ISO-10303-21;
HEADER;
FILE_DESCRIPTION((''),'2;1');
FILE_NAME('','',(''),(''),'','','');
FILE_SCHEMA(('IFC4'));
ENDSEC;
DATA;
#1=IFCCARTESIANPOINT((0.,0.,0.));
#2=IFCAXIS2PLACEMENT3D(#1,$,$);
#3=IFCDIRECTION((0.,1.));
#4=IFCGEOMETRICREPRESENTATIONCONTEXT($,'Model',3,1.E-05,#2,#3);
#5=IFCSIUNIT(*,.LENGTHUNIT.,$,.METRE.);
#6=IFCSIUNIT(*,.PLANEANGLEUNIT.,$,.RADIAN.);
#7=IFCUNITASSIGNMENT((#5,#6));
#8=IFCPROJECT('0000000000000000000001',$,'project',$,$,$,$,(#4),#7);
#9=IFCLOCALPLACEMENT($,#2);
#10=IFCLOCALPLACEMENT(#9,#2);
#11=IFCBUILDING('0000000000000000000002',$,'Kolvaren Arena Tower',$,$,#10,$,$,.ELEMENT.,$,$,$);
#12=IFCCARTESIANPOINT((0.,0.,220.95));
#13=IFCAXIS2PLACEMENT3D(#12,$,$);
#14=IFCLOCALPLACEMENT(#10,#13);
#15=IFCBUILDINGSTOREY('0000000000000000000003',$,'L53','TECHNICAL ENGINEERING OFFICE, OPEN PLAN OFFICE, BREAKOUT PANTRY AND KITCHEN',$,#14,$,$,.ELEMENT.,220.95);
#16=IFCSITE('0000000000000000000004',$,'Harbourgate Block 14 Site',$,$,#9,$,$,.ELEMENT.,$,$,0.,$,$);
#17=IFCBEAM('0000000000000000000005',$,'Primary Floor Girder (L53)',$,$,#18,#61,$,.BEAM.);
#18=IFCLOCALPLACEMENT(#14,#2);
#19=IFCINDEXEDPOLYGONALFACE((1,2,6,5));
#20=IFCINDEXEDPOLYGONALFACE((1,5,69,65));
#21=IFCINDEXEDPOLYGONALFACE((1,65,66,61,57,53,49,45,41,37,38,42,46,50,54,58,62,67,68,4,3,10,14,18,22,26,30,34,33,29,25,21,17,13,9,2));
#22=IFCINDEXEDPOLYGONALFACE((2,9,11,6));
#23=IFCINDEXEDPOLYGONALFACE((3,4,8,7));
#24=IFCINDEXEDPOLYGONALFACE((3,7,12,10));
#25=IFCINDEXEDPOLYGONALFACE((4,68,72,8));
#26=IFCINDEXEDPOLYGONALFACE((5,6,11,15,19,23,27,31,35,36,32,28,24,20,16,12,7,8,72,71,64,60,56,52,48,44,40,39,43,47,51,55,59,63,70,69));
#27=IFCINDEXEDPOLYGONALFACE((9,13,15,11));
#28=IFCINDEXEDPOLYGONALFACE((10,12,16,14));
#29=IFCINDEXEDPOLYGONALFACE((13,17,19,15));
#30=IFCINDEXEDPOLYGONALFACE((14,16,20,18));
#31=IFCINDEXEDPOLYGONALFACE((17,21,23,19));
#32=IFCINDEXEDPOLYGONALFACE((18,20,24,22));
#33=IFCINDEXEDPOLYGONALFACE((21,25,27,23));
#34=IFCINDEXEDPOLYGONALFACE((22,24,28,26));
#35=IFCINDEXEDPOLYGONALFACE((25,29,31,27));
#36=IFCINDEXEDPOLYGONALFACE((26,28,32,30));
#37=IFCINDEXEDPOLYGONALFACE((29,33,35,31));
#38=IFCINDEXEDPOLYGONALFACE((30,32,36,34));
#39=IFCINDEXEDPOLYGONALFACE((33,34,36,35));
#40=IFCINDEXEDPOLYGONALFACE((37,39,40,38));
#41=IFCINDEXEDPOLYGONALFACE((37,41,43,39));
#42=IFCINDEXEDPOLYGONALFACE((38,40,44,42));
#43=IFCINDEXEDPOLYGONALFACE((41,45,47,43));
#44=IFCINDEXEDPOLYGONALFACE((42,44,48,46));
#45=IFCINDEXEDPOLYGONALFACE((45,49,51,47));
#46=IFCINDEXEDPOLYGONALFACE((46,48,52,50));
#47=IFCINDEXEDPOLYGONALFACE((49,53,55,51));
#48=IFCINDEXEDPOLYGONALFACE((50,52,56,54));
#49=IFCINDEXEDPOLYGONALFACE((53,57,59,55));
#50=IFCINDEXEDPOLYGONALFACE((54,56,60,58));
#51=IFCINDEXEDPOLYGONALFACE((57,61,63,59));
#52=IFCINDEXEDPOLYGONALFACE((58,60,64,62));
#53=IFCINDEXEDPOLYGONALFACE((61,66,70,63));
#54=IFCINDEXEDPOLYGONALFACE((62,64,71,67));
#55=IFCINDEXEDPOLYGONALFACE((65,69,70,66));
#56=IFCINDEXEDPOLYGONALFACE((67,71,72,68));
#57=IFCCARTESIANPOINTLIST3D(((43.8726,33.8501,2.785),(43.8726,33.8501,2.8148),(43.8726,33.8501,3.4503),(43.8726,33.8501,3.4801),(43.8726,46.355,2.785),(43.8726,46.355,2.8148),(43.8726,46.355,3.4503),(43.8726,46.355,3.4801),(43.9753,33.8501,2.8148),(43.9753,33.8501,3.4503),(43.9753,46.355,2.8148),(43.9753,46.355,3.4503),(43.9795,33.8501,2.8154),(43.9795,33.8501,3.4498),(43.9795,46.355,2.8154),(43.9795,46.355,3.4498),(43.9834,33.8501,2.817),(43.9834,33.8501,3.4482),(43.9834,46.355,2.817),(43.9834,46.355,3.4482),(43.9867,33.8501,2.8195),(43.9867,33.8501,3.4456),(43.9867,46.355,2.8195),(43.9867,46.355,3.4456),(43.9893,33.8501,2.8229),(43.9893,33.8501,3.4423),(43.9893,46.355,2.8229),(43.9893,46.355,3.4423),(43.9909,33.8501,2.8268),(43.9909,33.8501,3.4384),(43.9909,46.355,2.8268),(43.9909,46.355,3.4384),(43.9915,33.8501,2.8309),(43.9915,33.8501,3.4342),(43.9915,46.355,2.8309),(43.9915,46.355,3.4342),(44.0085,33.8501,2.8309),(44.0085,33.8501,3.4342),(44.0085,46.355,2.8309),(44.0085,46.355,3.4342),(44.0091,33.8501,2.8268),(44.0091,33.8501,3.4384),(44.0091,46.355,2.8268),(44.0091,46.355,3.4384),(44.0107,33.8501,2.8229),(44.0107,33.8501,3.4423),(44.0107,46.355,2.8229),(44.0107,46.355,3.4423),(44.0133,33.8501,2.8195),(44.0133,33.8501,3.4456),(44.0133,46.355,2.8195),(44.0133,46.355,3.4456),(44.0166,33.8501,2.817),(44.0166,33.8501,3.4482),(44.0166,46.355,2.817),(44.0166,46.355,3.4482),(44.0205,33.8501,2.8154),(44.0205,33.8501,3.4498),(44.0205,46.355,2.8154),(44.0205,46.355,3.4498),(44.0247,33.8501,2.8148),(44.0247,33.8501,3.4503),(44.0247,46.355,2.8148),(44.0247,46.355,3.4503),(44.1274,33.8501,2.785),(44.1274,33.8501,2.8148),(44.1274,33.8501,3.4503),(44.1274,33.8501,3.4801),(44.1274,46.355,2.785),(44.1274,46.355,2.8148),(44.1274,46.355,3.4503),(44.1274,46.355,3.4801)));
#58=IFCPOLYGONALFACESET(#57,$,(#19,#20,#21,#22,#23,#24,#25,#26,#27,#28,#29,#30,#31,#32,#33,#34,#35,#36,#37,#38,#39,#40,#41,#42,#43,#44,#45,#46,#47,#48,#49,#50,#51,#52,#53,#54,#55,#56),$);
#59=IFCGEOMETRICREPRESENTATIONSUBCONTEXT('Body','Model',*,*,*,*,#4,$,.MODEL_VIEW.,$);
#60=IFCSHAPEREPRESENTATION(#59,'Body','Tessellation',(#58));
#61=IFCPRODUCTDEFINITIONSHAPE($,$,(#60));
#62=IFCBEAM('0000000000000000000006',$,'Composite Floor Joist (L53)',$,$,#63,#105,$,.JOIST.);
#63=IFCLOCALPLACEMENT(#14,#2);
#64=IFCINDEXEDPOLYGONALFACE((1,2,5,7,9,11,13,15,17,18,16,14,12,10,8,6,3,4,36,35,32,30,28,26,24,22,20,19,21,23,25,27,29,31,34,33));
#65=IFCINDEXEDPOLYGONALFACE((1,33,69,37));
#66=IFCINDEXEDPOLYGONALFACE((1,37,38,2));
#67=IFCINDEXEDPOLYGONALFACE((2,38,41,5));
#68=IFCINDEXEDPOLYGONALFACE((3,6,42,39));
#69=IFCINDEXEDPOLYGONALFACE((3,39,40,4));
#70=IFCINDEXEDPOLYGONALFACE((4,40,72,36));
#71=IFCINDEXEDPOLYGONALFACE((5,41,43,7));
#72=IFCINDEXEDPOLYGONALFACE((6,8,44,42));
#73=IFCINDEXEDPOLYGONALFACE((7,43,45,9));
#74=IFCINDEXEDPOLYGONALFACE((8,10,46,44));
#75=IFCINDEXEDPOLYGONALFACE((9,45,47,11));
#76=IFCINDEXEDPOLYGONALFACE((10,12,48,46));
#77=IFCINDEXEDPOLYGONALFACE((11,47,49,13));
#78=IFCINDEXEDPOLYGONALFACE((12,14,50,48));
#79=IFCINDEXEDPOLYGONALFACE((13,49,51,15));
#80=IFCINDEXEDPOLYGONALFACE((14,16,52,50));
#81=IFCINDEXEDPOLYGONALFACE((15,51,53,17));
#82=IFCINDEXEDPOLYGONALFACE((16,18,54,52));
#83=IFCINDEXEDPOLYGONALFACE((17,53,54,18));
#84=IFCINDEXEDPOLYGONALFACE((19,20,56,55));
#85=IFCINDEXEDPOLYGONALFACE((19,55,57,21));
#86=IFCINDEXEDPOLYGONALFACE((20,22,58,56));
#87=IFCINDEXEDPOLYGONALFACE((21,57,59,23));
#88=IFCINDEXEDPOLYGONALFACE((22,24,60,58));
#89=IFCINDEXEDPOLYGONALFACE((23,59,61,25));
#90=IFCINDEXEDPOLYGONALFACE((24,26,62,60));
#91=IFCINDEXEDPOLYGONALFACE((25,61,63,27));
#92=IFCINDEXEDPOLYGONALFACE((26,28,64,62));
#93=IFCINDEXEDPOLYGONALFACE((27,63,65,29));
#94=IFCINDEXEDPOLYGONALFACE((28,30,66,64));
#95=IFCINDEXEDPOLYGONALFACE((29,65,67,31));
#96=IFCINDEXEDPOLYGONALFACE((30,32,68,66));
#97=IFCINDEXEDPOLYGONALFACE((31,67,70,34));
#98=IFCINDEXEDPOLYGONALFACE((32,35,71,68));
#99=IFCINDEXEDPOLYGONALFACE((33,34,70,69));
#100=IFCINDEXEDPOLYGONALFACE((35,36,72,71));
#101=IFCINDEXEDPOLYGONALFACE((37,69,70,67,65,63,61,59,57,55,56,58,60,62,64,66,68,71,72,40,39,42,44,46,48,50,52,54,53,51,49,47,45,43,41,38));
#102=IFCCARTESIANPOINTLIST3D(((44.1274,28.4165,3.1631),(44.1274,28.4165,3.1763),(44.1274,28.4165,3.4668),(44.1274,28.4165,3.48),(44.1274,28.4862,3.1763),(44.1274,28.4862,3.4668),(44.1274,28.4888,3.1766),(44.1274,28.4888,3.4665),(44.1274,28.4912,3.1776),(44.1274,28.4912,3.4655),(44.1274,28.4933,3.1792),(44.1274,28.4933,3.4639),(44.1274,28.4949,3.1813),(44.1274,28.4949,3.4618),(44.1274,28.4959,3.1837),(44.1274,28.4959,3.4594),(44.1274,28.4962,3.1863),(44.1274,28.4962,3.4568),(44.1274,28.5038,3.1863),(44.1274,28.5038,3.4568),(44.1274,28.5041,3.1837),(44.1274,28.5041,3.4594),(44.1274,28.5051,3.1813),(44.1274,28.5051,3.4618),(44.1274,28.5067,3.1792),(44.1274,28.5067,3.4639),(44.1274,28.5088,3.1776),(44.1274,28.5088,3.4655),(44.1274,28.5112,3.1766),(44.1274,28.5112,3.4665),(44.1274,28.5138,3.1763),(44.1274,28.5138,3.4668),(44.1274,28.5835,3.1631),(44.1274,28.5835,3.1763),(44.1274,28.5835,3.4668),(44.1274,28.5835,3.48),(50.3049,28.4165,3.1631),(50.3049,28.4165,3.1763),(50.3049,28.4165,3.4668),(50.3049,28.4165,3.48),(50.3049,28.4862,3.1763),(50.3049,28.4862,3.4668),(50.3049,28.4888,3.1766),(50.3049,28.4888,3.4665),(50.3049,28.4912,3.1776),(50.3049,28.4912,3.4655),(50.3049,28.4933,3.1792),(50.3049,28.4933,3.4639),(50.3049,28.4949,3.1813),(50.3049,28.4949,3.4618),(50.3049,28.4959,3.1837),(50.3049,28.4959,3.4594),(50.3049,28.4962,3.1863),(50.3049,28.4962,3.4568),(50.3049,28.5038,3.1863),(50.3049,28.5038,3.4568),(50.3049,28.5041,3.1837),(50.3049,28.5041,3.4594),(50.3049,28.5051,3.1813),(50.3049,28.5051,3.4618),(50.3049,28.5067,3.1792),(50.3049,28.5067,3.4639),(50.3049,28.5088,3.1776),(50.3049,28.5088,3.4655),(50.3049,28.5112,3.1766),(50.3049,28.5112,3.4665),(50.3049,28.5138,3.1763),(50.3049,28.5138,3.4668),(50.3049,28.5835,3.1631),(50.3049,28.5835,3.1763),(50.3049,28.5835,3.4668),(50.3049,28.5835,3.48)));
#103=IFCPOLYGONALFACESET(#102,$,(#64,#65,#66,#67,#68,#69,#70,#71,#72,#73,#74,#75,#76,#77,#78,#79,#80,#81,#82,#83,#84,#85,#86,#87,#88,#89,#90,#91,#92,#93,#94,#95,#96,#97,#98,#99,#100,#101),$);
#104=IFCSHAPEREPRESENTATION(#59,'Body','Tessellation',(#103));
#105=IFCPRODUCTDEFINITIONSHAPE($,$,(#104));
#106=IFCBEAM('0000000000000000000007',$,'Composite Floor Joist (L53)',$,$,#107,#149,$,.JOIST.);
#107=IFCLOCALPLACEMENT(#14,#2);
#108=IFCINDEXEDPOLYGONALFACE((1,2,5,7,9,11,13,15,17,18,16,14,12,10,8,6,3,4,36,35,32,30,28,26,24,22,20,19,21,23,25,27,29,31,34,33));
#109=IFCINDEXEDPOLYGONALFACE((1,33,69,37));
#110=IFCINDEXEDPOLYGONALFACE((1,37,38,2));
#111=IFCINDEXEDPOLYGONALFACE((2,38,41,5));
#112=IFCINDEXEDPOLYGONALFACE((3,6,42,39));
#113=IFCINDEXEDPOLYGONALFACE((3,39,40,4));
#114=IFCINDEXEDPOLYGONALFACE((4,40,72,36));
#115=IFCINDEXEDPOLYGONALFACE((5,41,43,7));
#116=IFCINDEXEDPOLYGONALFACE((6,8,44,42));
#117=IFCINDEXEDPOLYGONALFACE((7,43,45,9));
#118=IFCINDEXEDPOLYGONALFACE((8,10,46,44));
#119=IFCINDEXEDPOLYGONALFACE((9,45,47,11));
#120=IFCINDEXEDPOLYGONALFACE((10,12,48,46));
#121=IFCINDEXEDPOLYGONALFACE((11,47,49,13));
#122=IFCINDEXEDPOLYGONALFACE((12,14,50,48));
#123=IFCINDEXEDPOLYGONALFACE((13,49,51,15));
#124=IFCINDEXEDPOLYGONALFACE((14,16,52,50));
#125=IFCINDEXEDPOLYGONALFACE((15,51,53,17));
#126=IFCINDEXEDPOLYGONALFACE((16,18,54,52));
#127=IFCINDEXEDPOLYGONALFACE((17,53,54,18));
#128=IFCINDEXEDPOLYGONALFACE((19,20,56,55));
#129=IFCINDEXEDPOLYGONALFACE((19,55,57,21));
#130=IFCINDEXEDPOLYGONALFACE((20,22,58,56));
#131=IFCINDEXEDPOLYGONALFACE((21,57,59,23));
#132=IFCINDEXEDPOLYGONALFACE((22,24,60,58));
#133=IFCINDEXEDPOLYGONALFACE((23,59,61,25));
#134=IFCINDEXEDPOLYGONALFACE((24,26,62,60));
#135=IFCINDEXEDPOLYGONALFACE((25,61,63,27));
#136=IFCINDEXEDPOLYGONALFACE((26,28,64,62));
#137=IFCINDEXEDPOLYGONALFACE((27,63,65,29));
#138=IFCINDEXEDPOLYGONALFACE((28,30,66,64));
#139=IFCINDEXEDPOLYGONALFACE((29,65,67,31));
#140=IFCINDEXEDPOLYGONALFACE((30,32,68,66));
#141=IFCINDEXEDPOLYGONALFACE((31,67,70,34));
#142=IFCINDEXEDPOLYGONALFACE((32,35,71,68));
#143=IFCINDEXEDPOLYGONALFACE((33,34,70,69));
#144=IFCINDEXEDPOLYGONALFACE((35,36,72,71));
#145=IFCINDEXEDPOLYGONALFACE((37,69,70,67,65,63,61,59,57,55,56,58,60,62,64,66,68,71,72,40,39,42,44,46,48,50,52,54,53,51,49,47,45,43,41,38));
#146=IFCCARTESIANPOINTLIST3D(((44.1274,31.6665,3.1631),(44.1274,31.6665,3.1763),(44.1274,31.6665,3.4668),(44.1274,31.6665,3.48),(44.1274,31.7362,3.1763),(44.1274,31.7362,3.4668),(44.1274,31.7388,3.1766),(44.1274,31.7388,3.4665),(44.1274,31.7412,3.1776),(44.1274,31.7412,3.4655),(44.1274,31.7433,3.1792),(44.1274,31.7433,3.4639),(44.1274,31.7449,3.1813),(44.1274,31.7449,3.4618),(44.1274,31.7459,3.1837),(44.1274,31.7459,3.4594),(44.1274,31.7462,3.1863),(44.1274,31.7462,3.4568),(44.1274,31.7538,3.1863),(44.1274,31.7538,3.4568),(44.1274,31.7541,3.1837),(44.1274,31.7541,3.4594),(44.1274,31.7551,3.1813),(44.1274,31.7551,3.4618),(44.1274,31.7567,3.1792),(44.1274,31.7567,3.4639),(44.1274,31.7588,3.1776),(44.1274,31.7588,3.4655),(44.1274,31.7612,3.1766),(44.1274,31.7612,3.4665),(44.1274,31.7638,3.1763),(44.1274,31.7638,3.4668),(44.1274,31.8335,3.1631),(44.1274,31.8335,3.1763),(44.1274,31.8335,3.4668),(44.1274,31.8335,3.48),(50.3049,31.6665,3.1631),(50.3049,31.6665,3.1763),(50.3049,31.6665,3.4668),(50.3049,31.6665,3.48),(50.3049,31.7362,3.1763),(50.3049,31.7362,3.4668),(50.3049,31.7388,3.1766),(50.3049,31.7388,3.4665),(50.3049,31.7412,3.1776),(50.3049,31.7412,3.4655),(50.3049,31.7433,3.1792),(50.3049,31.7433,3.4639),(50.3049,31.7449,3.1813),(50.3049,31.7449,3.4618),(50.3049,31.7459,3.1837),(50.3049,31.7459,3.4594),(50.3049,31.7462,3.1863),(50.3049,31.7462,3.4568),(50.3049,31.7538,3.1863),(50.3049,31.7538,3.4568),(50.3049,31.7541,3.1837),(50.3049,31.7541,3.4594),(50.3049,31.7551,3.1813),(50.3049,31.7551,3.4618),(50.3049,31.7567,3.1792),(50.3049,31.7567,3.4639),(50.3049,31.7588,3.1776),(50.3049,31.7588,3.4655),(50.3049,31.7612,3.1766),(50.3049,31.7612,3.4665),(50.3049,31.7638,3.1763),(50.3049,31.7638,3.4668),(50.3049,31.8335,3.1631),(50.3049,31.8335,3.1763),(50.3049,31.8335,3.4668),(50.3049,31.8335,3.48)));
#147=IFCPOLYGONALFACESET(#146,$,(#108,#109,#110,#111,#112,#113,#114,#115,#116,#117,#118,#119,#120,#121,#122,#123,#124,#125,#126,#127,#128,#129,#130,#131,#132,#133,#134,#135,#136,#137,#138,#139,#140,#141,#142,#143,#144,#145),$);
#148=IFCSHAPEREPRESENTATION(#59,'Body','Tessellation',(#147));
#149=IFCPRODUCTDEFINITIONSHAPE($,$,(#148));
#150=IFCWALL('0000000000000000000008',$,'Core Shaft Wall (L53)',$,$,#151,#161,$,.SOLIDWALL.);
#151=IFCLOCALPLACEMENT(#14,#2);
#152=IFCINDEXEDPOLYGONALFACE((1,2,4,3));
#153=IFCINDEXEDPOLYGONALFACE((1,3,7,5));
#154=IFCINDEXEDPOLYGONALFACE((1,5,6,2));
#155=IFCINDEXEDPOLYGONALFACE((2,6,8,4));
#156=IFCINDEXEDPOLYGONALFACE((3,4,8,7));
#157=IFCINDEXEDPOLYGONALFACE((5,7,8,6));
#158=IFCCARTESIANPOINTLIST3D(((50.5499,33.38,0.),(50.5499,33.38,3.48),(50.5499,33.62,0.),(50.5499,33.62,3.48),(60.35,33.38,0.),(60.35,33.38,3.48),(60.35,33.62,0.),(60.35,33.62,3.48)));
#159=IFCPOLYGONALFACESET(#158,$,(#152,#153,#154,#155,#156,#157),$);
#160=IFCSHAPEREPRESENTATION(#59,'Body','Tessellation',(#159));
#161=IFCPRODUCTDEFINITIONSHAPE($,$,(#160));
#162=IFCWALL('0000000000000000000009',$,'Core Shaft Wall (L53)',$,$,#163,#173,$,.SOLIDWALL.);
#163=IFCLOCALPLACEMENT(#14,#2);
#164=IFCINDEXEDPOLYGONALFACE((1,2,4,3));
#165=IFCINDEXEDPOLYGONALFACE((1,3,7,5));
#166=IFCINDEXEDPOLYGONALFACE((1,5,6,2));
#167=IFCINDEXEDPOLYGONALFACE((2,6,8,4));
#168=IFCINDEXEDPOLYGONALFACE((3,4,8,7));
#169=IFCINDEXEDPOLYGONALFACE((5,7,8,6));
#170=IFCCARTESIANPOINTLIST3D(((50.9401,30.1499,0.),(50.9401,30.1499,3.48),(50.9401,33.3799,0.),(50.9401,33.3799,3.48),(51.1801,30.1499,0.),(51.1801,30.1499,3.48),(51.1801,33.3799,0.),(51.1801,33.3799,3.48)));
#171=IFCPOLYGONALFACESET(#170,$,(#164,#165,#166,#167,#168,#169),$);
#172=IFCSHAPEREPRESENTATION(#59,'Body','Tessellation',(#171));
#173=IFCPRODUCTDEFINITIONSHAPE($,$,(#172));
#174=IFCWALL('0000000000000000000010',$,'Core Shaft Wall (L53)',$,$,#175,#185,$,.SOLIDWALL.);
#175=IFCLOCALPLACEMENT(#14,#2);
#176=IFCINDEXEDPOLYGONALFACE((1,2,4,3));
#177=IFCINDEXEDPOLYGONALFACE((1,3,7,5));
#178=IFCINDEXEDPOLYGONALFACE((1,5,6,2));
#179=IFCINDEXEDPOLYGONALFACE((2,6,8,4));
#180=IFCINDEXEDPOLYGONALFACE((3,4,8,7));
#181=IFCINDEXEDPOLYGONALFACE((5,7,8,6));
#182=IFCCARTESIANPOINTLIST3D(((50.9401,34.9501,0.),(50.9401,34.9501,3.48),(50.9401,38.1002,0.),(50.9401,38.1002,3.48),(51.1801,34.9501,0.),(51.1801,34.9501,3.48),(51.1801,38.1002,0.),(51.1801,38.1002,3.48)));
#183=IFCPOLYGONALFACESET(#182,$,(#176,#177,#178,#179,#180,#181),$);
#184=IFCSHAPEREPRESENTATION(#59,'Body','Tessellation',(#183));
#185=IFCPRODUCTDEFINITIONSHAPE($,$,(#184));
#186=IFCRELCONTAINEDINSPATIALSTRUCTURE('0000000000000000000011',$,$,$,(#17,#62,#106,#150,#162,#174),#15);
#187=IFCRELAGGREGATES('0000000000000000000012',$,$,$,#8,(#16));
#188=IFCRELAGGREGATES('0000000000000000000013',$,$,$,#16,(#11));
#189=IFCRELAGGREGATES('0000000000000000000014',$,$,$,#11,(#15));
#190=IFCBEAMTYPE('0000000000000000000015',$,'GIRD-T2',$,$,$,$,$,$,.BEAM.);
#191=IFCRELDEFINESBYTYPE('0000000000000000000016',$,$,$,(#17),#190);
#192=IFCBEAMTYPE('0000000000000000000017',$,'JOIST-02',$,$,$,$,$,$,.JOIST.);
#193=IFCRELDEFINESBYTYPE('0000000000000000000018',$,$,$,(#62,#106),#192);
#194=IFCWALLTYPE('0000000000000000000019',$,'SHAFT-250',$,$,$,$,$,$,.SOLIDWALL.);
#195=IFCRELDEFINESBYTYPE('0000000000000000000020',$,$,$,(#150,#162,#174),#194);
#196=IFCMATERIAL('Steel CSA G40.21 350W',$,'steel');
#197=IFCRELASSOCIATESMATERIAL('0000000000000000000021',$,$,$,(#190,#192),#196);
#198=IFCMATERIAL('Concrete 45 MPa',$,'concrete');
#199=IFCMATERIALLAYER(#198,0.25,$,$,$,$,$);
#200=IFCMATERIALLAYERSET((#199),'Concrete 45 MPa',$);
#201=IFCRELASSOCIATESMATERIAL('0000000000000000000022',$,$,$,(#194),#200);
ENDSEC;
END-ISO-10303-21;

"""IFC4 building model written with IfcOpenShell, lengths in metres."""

from ifc_helpers import new_model, si_unit, direction, frame, frame_2d, origin, origin_2d, place, context, subcontext, project, spatial, rectangle, i_section, extrude, material, layer, layer_set, material_profile, profile_set, type_object, element, save


model = new_model("IFC4")

# Units and contexts
model_context = context("Model", 3, precision=1e-05, world=origin(), true_north=direction((0.0, 1.0)))
body_context = subcontext(model_context, "Body", "Model", "MODEL_VIEW")
ifc_project = project(units=[si_unit("LENGTHUNIT", "METRE"), si_unit("PLANEANGLEUNIT", "RADIAN")], contexts=[model_context])

# Site, building, storey
site_placement = place(None, origin())
site = spatial("IfcSite", under=ifc_project, at=site_placement, Name="Harbourgate Block 14 Site", CompositionType="ELEMENT", RefElevation=0.0)
building_placement = place(site_placement, origin())
building = spatial("IfcBuilding", under=site, at=building_placement, Name="Kolvaren Arena Tower", CompositionType="ELEMENT")
storey_placement = place(building_placement, frame((0.0, 0.0, 220.95)))
storey = spatial("IfcBuildingStorey", under=building, at=storey_placement, Name="L53", Description="TECHNICAL ENGINEERING OFFICE, OPEN PLAN OFFICE, BREAKOUT PANTRY AND KITCHEN", CompositionType="ELEMENT", Elevation=220.95)

# Beams
ifc_material_1 = material(Name="Steel CSA G40.21 350W", Category="steel")
ifc_material_profile_1 = material_profile(ifc_material_1, i_section(OverallWidth=0.2549, OverallDepth=0.6951, WebThickness=0.0171, FlangeThickness=0.0298, FilletRadius=0.0161, at=origin_2d()), Name="W690x217")
ifc_profile_set_1 = profile_set([ifc_material_profile_1], Name="Steel CSA G40.21 350W")
beam_type_1 = type_object("IfcBeamType", Name="GIRD-T2", PredefinedType="BEAM", material=ifc_profile_set_1)
beam_1_placement = place(storey_placement, frame((44.0, 33.8501, 3.1326), z_axis=(0.0, 1.0, 0.0), x_axis=(-1.0, 0.0, 0.0)))
element("IfcBeam", 1, at=beam_1_placement, inside=storey, type_object=beam_type_1, Name="Primary Floor Girder (L53)", PredefinedType="BEAM", context=body_context, shape_type="SweptSolid", body=[
    extrude(i_section(OverallWidth=0.2549, OverallDepth=0.6951, WebThickness=0.0171, FlangeThickness=0.0298, FilletRadius=0.0161, at=origin_2d()), origin(), (0.0, 0.0, 1.0), 12.5049),
])
ifc_material_profile_2 = material_profile(ifc_material_1, i_section(OverallWidth=0.167, OverallDepth=0.3169, WebThickness=0.0076, FlangeThickness=0.0132, FilletRadius=0.01, at=origin_2d()), Name="W310x52")
ifc_profile_set_2 = profile_set([ifc_material_profile_2], Name="Steel CSA G40.21 350W")
beam_type_2 = type_object("IfcBeamType", Name="JOIST-02", PredefinedType="JOIST", material=ifc_profile_set_2)
for number, where, z_axis, x_axis, name in (
    (2, (44.1274, 28.5, 3.3215), (1.0, 0.0, 0.0), (0.0, 1.0, 0.0), "Composite Floor Joist (L53)"),
    (3, (44.1274, 31.75, 3.3215), (1.0, 0.0, 0.0), (0.0, 1.0, 0.0), "Composite Floor Joist (L53)"),
):
    element("IfcBeam", number, at=place(storey_placement, frame(where, z_axis=z_axis, x_axis=x_axis)), inside=storey, type_object=beam_type_2, Name=name, PredefinedType="JOIST", context=body_context, shape_type="SweptSolid", body=[
        extrude(i_section(OverallWidth=0.167, OverallDepth=0.3169, WebThickness=0.0076, FlangeThickness=0.0132, FilletRadius=0.01, at=origin_2d()), origin(), (0.0, 0.0, 1.0), 6.1775),
    ])

# Walls
ifc_material_2 = material(Name="Concrete 45 MPa", Category="concrete")
ifc_layer = layer(ifc_material_2, 0.25)
ifc_layer_set = layer_set([ifc_layer], Name="Concrete 45 MPa")
wall_type = type_object("IfcWallType", Name="SHAFT-250", PredefinedType="SOLIDWALL", material=ifc_layer_set)
wall_1_placement = place(storey_placement, frame((50.55, 33.5, 0.0), z_axis=(0.0, 0.0, 1.0), x_axis=(1.0, 0.0, 0.0)))
element("IfcWall", 4, at=wall_1_placement, inside=storey, type_object=wall_type, Name="Core Shaft Wall (L53)", PredefinedType="SOLIDWALL", context=body_context, shape_type="SweptSolid", body=[
    extrude(rectangle(XDim=9.8, YDim=0.24, at=frame_2d((4.8999, 0.0))), origin(), (0.0, 0.0, 1.0), 3.48),
])
wall_2_placement = place(storey_placement, frame((51.0601, 30.1499, 0.0), z_axis=(0.0, 0.0, 1.0), x_axis=(0.0, 1.0, 0.0)))
element("IfcWall", 5, at=wall_2_placement, inside=storey, type_object=wall_type, Name="Core Shaft Wall (L53)", PredefinedType="SOLIDWALL", context=body_context, shape_type="SweptSolid", body=[
    extrude(rectangle(XDim=3.23, YDim=0.24, at=frame_2d((1.615, 0.0))), origin(), (0.0, 0.0, 1.0), 3.48),
])
wall_3_placement = place(storey_placement, frame((51.0601, 34.95, 0.0), z_axis=(0.0, 0.0, 1.0), x_axis=(0.0, 1.0, 0.0)))
element("IfcWall", 6, at=wall_3_placement, inside=storey, type_object=wall_type, Name="Core Shaft Wall (L53)", PredefinedType="SOLIDWALL", context=body_context, shape_type="SweptSolid", body=[
    extrude(rectangle(XDim=3.1501, YDim=0.24, at=frame_2d((1.5752, 0.0))), origin(), (0.0, 0.0, 1.0), 3.48),
])

save(model, "model.ifc")
